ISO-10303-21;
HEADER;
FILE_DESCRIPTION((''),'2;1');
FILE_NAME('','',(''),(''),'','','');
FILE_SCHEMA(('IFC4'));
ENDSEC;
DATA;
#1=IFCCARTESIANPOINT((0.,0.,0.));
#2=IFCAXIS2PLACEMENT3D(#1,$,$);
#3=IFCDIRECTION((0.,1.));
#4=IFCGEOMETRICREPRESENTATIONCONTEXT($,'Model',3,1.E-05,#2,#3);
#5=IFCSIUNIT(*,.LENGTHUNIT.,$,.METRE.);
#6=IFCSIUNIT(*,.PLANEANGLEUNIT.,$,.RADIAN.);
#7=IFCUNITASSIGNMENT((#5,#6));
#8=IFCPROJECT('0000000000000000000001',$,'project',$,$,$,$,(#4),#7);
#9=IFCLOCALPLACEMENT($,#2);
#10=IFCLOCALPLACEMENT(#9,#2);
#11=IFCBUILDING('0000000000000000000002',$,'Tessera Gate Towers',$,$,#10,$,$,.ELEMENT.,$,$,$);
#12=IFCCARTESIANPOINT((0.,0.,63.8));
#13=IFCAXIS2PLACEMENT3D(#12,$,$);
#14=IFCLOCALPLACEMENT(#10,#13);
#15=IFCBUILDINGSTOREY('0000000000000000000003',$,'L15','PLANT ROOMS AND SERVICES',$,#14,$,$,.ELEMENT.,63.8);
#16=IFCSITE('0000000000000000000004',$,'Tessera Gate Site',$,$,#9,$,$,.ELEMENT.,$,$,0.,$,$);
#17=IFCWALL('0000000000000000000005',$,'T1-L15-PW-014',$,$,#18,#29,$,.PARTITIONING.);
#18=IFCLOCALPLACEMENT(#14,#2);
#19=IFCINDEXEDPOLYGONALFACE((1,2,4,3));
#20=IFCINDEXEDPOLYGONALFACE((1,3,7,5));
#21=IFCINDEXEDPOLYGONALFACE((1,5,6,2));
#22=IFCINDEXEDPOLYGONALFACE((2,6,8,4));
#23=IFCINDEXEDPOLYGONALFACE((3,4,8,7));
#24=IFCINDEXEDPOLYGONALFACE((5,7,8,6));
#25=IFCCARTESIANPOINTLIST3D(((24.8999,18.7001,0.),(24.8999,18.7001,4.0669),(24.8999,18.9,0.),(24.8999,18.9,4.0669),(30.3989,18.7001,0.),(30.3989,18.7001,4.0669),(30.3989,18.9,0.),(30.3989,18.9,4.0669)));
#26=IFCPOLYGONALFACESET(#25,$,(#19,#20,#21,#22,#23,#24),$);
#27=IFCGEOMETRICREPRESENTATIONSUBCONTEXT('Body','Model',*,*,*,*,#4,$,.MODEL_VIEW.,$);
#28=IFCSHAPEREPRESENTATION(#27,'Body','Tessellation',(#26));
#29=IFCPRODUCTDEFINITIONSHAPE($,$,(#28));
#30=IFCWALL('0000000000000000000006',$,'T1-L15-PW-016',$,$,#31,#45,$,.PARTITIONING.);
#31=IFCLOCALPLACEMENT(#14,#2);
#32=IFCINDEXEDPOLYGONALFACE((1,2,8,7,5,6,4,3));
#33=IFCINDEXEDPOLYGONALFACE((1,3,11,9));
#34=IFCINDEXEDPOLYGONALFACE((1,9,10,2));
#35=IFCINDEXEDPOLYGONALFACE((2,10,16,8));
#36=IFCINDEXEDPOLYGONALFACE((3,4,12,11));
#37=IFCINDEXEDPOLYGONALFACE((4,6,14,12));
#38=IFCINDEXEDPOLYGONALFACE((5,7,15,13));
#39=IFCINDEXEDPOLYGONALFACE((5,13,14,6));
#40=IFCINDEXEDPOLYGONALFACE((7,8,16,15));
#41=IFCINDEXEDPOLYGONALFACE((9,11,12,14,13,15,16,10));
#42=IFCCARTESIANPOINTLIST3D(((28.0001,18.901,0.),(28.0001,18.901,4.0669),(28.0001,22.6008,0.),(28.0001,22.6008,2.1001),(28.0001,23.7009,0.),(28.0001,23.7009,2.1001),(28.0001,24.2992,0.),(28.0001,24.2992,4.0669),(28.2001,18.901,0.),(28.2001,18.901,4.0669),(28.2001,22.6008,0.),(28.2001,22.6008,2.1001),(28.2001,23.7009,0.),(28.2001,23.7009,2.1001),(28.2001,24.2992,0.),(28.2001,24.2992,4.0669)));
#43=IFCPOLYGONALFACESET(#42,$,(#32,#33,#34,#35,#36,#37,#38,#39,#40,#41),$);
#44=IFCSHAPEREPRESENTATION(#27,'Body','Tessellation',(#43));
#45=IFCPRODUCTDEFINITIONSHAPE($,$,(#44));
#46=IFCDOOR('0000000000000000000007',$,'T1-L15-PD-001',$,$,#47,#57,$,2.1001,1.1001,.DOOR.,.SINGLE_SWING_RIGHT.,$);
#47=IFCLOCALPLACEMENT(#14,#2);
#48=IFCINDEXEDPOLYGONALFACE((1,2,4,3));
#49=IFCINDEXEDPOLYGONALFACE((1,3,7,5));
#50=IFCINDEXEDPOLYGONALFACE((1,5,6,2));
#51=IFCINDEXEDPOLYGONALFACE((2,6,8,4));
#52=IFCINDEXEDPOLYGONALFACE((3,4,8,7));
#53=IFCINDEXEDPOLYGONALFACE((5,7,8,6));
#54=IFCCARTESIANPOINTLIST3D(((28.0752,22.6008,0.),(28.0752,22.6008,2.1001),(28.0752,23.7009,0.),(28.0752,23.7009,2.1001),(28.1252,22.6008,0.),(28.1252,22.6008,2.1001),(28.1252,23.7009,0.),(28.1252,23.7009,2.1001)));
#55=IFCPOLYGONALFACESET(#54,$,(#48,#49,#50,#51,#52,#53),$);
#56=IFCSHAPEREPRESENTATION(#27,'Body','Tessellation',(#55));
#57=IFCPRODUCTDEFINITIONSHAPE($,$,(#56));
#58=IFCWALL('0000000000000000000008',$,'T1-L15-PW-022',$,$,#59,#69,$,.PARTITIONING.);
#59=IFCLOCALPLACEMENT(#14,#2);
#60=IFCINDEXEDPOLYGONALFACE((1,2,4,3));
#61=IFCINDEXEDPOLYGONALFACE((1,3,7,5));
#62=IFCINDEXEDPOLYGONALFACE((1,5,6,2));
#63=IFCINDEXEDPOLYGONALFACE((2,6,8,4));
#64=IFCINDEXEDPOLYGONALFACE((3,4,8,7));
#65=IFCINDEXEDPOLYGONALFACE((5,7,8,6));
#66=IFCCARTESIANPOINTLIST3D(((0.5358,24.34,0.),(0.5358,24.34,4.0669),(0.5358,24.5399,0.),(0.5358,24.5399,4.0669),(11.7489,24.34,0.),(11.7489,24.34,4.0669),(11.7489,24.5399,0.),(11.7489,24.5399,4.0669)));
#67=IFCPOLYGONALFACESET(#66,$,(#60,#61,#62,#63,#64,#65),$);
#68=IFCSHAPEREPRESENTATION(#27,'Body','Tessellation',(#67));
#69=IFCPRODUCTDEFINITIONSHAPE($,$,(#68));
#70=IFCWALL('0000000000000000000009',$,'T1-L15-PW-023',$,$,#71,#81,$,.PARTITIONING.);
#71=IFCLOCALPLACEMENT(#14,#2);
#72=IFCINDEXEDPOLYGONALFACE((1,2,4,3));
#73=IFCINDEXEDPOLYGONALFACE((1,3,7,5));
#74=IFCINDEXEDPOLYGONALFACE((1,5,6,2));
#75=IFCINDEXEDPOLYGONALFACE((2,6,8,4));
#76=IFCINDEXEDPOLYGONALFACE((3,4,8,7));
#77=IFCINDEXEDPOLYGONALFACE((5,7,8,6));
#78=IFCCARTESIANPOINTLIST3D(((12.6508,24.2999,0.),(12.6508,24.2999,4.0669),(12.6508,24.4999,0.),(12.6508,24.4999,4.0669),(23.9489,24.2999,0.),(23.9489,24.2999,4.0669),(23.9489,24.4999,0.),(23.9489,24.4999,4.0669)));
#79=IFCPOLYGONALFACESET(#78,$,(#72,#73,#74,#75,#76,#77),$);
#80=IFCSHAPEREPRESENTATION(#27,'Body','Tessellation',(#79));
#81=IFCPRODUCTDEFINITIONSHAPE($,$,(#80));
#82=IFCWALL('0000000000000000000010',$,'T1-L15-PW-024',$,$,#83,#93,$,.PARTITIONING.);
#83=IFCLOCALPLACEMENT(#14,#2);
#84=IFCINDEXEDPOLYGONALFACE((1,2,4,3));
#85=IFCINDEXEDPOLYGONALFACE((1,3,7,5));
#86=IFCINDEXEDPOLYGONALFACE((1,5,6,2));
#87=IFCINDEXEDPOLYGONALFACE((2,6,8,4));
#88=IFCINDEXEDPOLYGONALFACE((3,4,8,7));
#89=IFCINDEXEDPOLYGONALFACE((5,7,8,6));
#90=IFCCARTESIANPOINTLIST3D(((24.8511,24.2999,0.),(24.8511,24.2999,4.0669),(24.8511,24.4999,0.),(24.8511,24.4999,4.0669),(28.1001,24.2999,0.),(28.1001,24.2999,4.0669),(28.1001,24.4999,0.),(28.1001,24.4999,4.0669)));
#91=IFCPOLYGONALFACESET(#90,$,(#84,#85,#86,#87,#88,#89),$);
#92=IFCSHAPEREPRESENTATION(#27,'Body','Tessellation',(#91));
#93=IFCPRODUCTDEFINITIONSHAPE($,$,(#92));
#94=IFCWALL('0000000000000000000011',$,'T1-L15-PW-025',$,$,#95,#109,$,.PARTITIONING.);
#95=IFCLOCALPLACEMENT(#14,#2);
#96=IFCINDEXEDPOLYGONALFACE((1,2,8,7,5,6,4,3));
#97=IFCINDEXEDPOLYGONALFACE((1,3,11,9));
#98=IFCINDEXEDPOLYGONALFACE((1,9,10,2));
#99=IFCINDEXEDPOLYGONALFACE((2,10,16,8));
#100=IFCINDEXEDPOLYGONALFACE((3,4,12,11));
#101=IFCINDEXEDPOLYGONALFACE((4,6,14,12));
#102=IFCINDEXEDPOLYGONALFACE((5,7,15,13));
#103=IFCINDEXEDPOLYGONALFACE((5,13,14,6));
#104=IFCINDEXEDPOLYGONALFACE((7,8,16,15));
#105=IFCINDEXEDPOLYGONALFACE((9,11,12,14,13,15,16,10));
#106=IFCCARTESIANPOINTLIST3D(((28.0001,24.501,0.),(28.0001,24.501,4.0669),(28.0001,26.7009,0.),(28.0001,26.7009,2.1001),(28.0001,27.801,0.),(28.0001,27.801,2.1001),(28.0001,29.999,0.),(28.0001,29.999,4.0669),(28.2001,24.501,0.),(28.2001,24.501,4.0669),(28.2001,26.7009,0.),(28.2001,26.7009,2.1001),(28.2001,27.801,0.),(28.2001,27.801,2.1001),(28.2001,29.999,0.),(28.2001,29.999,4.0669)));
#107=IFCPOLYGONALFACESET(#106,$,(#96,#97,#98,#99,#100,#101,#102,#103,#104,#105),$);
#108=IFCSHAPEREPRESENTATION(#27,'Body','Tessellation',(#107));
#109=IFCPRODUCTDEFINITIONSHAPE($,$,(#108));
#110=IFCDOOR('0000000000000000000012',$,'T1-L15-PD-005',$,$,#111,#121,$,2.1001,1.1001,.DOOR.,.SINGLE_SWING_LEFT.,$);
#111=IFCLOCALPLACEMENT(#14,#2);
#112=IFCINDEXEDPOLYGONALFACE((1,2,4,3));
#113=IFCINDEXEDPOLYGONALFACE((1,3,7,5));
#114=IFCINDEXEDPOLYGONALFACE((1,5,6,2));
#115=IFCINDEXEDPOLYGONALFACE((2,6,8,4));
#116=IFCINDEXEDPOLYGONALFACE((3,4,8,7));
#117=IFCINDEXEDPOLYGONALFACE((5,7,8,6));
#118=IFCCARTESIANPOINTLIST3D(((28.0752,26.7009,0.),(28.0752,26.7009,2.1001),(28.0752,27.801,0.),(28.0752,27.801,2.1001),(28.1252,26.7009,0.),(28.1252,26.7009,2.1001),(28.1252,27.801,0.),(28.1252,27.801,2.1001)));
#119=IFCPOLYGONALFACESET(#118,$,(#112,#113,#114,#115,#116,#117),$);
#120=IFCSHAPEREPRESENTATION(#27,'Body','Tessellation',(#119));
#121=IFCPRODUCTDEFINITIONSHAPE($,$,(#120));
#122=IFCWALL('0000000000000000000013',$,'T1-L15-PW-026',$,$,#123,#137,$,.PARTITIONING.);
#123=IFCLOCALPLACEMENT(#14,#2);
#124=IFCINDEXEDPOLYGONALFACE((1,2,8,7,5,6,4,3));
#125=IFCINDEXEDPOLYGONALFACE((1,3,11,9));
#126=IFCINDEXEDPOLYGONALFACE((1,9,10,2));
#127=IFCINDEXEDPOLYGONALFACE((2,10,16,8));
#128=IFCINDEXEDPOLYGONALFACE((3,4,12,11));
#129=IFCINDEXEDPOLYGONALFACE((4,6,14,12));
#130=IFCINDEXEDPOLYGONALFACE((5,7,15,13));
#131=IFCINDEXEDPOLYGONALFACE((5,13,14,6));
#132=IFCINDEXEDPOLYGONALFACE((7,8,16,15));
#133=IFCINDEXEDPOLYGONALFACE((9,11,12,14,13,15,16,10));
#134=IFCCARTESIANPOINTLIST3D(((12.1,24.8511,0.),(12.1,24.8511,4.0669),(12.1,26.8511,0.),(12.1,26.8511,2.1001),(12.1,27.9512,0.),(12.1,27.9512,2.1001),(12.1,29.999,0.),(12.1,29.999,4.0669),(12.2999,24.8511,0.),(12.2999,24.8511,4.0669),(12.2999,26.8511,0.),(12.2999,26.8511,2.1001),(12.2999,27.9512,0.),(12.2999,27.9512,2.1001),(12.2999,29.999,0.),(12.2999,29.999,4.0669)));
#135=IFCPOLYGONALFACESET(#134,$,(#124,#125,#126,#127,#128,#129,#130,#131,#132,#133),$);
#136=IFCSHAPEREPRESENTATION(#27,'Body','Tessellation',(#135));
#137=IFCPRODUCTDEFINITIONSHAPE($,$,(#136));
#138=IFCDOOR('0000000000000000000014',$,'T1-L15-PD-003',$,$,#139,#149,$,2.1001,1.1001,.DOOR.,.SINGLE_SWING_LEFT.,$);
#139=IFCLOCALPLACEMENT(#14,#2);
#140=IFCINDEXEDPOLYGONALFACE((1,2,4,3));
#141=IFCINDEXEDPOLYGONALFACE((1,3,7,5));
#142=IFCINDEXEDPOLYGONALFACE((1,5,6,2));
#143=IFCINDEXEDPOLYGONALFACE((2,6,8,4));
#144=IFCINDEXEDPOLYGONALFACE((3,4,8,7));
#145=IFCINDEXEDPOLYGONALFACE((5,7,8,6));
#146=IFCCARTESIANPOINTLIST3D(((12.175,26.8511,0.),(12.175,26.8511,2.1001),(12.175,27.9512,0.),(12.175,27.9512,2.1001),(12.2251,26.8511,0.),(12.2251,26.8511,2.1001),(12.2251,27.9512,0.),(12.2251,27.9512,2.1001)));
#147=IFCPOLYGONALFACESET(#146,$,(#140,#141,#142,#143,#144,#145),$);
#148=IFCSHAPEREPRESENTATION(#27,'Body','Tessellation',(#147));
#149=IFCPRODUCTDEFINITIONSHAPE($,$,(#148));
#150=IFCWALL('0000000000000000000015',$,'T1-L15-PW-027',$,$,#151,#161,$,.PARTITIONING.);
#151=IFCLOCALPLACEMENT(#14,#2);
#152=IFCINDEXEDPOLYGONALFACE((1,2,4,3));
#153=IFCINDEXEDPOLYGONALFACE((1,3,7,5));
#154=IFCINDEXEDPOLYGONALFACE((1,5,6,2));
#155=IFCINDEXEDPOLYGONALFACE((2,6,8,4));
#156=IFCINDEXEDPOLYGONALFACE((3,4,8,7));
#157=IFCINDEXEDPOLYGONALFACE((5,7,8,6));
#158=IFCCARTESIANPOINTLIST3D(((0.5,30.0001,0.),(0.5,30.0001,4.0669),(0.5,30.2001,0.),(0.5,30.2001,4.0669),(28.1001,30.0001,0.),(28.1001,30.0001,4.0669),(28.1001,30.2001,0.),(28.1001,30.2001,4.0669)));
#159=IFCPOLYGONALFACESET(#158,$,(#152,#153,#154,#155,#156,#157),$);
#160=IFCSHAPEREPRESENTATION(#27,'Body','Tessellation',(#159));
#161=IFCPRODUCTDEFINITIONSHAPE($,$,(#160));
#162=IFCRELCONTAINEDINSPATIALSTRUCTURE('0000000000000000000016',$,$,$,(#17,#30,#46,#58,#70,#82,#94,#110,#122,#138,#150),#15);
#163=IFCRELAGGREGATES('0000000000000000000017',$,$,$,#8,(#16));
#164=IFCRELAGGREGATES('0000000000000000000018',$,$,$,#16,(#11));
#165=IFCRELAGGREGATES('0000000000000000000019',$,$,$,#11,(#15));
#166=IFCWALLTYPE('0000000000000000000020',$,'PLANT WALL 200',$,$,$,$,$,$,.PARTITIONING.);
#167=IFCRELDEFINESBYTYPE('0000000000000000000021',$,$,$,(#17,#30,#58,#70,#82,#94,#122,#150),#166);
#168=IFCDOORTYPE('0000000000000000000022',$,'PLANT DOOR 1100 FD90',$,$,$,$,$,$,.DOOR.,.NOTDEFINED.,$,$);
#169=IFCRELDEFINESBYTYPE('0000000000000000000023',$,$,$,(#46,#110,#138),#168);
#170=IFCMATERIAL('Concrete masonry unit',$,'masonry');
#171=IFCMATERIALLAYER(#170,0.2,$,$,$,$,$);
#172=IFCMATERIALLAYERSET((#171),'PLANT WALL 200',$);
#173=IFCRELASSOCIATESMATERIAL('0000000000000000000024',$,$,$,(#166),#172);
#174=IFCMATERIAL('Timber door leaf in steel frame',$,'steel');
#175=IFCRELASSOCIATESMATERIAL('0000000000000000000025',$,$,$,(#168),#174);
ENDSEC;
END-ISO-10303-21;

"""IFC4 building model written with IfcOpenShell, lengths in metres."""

from ifc_helpers import new_model, si_unit, direction, frame, frame_2d, origin, place, context, subcontext, project, spatial, rectangle, extrude, source, transform, mapped, material, layer, layer_set, type_object, element, fill, save


model = new_model("IFC4")

# Units and contexts
model_context = context("Model", 3, precision=1e-05, world=origin(), true_north=direction((0.0, 1.0)))
body_context = subcontext(model_context, "Body", "Model", "MODEL_VIEW")
ifc_project = project(units=[si_unit("LENGTHUNIT", "METRE"), si_unit("PLANEANGLEUNIT", "RADIAN")], contexts=[model_context])

# Site, building, storey
site_placement = place(None, origin())
site = spatial("IfcSite", under=ifc_project, at=site_placement, Name="Tessera Gate Site", CompositionType="ELEMENT", RefElevation=0.0)
building_placement = place(site_placement, origin())
building = spatial("IfcBuilding", under=site, at=building_placement, Name="Tessera Gate Towers", CompositionType="ELEMENT")
storey_placement = place(building_placement, frame((0.0, 0.0, 63.8)))
storey = spatial("IfcBuildingStorey", under=building, at=storey_placement, Name="L15", Description="PLANT ROOMS AND SERVICES", CompositionType="ELEMENT", Elevation=63.8)

# Shared definitions
ifc_material_1 = material(Name="Concrete masonry unit", Category="masonry")
ifc_layer = layer(ifc_material_1, 0.2)
ifc_layer_set = layer_set([ifc_layer], Name="PLANT WALL 200")
wall_type = type_object("IfcWallType", Name="PLANT WALL 200", PredefinedType="PARTITIONING", material=ifc_layer_set)
shared_shape_1 = source(origin(), body_context, "Body", "SweptSolid", [
    extrude(rectangle(XDim=1.1001, YDim=2.1001, at=frame_2d((0.55, 1.05))), frame((0.0, 0.1099, 0.0), z_axis=(0.0, -1.0, 0.0), x_axis=(1.0, 0.0, 0.0)), (0.0, 0.0, 1.0), 0.22),
])
ifc_material_2 = material(Name="Timber door leaf in steel frame", Category="steel")
door_type = type_object("IfcDoorType", Name="PLANT DOOR 1100 FD90", OperationType="NOTDEFINED", PredefinedType="DOOR", material=ifc_material_2)
shared_shape_2 = source(origin(), body_context, "Body", "SweptSolid", [
    extrude(rectangle(XDim=1.1001, YDim=2.1001, at=frame_2d((0.55, 1.05))), frame((0.0, 0.0249, 0.0), z_axis=(0.0, -1.0, 0.0), x_axis=(1.0, 0.0, 0.0)), (0.0, 0.0, 1.0), 0.05),
])

# Wall
wall_1_placement = place(storey_placement, frame((24.8999, 18.8, 0.0), z_axis=(0.0, 0.0, 1.0), x_axis=(1.0, 0.0, 0.0)))
element("IfcWall", 1, at=wall_1_placement, inside=storey, type_object=wall_type, Name="T1-L15-PW-014", PredefinedType="PARTITIONING", context=body_context, shape_type="SweptSolid", body=[
    extrude(rectangle(XDim=5.499, YDim=0.2, at=frame_2d((2.7495, 0.0))), origin(), (0.0, 0.0, 1.0), 4.0669),
])

# Wall, opening, door
wall_2_placement = place(storey_placement, frame((28.1001, 18.9009, 0.0), z_axis=(0.0, 0.0, 1.0), x_axis=(0.0, 1.0, 0.0)))
wall_2 = element("IfcWall", 2, at=wall_2_placement, inside=storey, type_object=wall_type, Name="T1-L15-PW-016", PredefinedType="PARTITIONING", context=body_context, shape_type="SweptSolid", body=[
    extrude(rectangle(XDim=5.3982, YDim=0.2, at=frame_2d((2.6992, 0.0))), origin(), (0.0, 0.0, 1.0), 4.0669),
])
opening_1_placement = place(wall_2_placement, frame((3.7, 0.0, 0.0)))
opening_1 = element("IfcOpeningElement", 3, at=opening_1_placement, cuts=wall_2, PredefinedType="OPENING", context=body_context, shape_type="MappedRepresentation", body=[
    mapped(shared_shape_1, transform((0.0, 0.0, 0.0), scale=1.0)),
])
door_1_placement = place(opening_1_placement, origin())
door_1 = element("IfcDoor", 4, at=door_1_placement, inside=storey, type_object=door_type, Name="T1-L15-PD-001", OperationType="SINGLE_SWING_RIGHT", OverallHeight=2.1001, OverallWidth=1.1001, PredefinedType="DOOR", context=body_context, shape_type="MappedRepresentation", body=[
    mapped(shared_shape_2, transform((0.0, 0.0, 0.0), scale=1.0)),
])
fill(opening_1, door_1)

# Walls
wall_3_placement = place(storey_placement, frame((0.5359, 24.4399, 0.0), z_axis=(0.0, 0.0, 1.0), x_axis=(1.0, 0.0, 0.0)))
element("IfcWall", 5, at=wall_3_placement, inside=storey, type_object=wall_type, Name="T1-L15-PW-022", PredefinedType="PARTITIONING", context=body_context, shape_type="SweptSolid", body=[
    extrude(rectangle(XDim=11.2131, YDim=0.2, at=frame_2d((5.6064, 0.0))), origin(), (0.0, 0.0, 1.0), 4.0669),
])
wall_4_placement = place(storey_placement, frame((12.6509, 24.3999, 0.0), z_axis=(0.0, 0.0, 1.0), x_axis=(1.0, 0.0, 0.0)))
element("IfcWall", 6, at=wall_4_placement, inside=storey, type_object=wall_type, Name="T1-L15-PW-023", PredefinedType="PARTITIONING", context=body_context, shape_type="SweptSolid", body=[
    extrude(rectangle(XDim=11.2981, YDim=0.2, at=frame_2d((5.6489, 0.0))), origin(), (0.0, 0.0, 1.0), 4.0669),
])
wall_5_placement = place(storey_placement, frame((24.8511, 24.3999, 0.0), z_axis=(0.0, 0.0, 1.0), x_axis=(1.0, 0.0, 0.0)))
element("IfcWall", 7, at=wall_5_placement, inside=storey, type_object=wall_type, Name="T1-L15-PW-024", PredefinedType="PARTITIONING", context=body_context, shape_type="SweptSolid", body=[
    extrude(rectangle(XDim=3.249, YDim=0.2, at=frame_2d((1.6245, 0.0))), origin(), (0.0, 0.0, 1.0), 4.0669),
])

# Walls, openings, doors
wall_6_placement = place(storey_placement, frame((28.1001, 24.501, 0.0), z_axis=(0.0, 0.0, 1.0), x_axis=(0.0, 1.0, 0.0)))
wall_6 = element("IfcWall", 8, at=wall_6_placement, inside=storey, type_object=wall_type, Name="T1-L15-PW-025", PredefinedType="PARTITIONING", context=body_context, shape_type="SweptSolid", body=[
    extrude(rectangle(XDim=5.498, YDim=0.2, at=frame_2d((2.749, 0.0))), origin(), (0.0, 0.0, 1.0), 4.0669),
])
opening_2_placement = place(wall_6_placement, frame((2.2, 0.0, 0.0)))
opening_2 = element("IfcOpeningElement", 9, at=opening_2_placement, cuts=wall_6, PredefinedType="OPENING", context=body_context, shape_type="MappedRepresentation", body=[
    mapped(shared_shape_1, transform((0.0, 0.0, 0.0), scale=1.0)),
])
door_2_placement = place(opening_2_placement, origin())
door_2 = element("IfcDoor", 10, at=door_2_placement, inside=storey, type_object=door_type, Name="T1-L15-PD-005", OperationType="SINGLE_SWING_LEFT", OverallHeight=2.1001, OverallWidth=1.1001, PredefinedType="DOOR", context=body_context, shape_type="MappedRepresentation", body=[
    mapped(shared_shape_2, transform((0.0, 0.0, 0.0), scale=1.0)),
])
fill(opening_2, door_2)
wall_7_placement = place(storey_placement, frame((12.2, 24.8511, 0.0), z_axis=(0.0, 0.0, 1.0), x_axis=(0.0, 1.0, 0.0)))
wall_7 = element("IfcWall", 11, at=wall_7_placement, inside=storey, type_object=wall_type, Name="T1-L15-PW-026", PredefinedType="PARTITIONING", context=body_context, shape_type="SweptSolid", body=[
    extrude(rectangle(XDim=5.1479, YDim=0.2, at=frame_2d((2.574, 0.0))), origin(), (0.0, 0.0, 1.0), 4.0669),
])
opening_3_placement = place(wall_7_placement, frame((2.0, 0.0, 0.0)))
opening_3 = element("IfcOpeningElement", 12, at=opening_3_placement, cuts=wall_7, PredefinedType="OPENING", context=body_context, shape_type="MappedRepresentation", body=[
    mapped(shared_shape_1, transform((0.0, 0.0, 0.0), scale=1.0)),
])
door_3_placement = place(opening_3_placement, origin())
door_3 = element("IfcDoor", 13, at=door_3_placement, inside=storey, type_object=door_type, Name="T1-L15-PD-003", OperationType="SINGLE_SWING_LEFT", OverallHeight=2.1001, OverallWidth=1.1001, PredefinedType="DOOR", context=body_context, shape_type="MappedRepresentation", body=[
    mapped(shared_shape_2, transform((0.0, 0.0, 0.0), scale=1.0)),
])
fill(opening_3, door_3)

# Wall
wall_8_placement = place(storey_placement, frame((0.5, 30.1001, 0.0), z_axis=(0.0, 0.0, 1.0), x_axis=(1.0, 0.0, 0.0)))
element("IfcWall", 14, at=wall_8_placement, inside=storey, type_object=wall_type, Name="T1-L15-PW-027", PredefinedType="PARTITIONING", context=body_context, shape_type="SweptSolid", body=[
    extrude(rectangle(XDim=27.6001, YDim=0.2, at=frame_2d((13.8, 0.0))), origin(), (0.0, 0.0, 1.0), 4.0669),
])

save(model, "model.ifc")
